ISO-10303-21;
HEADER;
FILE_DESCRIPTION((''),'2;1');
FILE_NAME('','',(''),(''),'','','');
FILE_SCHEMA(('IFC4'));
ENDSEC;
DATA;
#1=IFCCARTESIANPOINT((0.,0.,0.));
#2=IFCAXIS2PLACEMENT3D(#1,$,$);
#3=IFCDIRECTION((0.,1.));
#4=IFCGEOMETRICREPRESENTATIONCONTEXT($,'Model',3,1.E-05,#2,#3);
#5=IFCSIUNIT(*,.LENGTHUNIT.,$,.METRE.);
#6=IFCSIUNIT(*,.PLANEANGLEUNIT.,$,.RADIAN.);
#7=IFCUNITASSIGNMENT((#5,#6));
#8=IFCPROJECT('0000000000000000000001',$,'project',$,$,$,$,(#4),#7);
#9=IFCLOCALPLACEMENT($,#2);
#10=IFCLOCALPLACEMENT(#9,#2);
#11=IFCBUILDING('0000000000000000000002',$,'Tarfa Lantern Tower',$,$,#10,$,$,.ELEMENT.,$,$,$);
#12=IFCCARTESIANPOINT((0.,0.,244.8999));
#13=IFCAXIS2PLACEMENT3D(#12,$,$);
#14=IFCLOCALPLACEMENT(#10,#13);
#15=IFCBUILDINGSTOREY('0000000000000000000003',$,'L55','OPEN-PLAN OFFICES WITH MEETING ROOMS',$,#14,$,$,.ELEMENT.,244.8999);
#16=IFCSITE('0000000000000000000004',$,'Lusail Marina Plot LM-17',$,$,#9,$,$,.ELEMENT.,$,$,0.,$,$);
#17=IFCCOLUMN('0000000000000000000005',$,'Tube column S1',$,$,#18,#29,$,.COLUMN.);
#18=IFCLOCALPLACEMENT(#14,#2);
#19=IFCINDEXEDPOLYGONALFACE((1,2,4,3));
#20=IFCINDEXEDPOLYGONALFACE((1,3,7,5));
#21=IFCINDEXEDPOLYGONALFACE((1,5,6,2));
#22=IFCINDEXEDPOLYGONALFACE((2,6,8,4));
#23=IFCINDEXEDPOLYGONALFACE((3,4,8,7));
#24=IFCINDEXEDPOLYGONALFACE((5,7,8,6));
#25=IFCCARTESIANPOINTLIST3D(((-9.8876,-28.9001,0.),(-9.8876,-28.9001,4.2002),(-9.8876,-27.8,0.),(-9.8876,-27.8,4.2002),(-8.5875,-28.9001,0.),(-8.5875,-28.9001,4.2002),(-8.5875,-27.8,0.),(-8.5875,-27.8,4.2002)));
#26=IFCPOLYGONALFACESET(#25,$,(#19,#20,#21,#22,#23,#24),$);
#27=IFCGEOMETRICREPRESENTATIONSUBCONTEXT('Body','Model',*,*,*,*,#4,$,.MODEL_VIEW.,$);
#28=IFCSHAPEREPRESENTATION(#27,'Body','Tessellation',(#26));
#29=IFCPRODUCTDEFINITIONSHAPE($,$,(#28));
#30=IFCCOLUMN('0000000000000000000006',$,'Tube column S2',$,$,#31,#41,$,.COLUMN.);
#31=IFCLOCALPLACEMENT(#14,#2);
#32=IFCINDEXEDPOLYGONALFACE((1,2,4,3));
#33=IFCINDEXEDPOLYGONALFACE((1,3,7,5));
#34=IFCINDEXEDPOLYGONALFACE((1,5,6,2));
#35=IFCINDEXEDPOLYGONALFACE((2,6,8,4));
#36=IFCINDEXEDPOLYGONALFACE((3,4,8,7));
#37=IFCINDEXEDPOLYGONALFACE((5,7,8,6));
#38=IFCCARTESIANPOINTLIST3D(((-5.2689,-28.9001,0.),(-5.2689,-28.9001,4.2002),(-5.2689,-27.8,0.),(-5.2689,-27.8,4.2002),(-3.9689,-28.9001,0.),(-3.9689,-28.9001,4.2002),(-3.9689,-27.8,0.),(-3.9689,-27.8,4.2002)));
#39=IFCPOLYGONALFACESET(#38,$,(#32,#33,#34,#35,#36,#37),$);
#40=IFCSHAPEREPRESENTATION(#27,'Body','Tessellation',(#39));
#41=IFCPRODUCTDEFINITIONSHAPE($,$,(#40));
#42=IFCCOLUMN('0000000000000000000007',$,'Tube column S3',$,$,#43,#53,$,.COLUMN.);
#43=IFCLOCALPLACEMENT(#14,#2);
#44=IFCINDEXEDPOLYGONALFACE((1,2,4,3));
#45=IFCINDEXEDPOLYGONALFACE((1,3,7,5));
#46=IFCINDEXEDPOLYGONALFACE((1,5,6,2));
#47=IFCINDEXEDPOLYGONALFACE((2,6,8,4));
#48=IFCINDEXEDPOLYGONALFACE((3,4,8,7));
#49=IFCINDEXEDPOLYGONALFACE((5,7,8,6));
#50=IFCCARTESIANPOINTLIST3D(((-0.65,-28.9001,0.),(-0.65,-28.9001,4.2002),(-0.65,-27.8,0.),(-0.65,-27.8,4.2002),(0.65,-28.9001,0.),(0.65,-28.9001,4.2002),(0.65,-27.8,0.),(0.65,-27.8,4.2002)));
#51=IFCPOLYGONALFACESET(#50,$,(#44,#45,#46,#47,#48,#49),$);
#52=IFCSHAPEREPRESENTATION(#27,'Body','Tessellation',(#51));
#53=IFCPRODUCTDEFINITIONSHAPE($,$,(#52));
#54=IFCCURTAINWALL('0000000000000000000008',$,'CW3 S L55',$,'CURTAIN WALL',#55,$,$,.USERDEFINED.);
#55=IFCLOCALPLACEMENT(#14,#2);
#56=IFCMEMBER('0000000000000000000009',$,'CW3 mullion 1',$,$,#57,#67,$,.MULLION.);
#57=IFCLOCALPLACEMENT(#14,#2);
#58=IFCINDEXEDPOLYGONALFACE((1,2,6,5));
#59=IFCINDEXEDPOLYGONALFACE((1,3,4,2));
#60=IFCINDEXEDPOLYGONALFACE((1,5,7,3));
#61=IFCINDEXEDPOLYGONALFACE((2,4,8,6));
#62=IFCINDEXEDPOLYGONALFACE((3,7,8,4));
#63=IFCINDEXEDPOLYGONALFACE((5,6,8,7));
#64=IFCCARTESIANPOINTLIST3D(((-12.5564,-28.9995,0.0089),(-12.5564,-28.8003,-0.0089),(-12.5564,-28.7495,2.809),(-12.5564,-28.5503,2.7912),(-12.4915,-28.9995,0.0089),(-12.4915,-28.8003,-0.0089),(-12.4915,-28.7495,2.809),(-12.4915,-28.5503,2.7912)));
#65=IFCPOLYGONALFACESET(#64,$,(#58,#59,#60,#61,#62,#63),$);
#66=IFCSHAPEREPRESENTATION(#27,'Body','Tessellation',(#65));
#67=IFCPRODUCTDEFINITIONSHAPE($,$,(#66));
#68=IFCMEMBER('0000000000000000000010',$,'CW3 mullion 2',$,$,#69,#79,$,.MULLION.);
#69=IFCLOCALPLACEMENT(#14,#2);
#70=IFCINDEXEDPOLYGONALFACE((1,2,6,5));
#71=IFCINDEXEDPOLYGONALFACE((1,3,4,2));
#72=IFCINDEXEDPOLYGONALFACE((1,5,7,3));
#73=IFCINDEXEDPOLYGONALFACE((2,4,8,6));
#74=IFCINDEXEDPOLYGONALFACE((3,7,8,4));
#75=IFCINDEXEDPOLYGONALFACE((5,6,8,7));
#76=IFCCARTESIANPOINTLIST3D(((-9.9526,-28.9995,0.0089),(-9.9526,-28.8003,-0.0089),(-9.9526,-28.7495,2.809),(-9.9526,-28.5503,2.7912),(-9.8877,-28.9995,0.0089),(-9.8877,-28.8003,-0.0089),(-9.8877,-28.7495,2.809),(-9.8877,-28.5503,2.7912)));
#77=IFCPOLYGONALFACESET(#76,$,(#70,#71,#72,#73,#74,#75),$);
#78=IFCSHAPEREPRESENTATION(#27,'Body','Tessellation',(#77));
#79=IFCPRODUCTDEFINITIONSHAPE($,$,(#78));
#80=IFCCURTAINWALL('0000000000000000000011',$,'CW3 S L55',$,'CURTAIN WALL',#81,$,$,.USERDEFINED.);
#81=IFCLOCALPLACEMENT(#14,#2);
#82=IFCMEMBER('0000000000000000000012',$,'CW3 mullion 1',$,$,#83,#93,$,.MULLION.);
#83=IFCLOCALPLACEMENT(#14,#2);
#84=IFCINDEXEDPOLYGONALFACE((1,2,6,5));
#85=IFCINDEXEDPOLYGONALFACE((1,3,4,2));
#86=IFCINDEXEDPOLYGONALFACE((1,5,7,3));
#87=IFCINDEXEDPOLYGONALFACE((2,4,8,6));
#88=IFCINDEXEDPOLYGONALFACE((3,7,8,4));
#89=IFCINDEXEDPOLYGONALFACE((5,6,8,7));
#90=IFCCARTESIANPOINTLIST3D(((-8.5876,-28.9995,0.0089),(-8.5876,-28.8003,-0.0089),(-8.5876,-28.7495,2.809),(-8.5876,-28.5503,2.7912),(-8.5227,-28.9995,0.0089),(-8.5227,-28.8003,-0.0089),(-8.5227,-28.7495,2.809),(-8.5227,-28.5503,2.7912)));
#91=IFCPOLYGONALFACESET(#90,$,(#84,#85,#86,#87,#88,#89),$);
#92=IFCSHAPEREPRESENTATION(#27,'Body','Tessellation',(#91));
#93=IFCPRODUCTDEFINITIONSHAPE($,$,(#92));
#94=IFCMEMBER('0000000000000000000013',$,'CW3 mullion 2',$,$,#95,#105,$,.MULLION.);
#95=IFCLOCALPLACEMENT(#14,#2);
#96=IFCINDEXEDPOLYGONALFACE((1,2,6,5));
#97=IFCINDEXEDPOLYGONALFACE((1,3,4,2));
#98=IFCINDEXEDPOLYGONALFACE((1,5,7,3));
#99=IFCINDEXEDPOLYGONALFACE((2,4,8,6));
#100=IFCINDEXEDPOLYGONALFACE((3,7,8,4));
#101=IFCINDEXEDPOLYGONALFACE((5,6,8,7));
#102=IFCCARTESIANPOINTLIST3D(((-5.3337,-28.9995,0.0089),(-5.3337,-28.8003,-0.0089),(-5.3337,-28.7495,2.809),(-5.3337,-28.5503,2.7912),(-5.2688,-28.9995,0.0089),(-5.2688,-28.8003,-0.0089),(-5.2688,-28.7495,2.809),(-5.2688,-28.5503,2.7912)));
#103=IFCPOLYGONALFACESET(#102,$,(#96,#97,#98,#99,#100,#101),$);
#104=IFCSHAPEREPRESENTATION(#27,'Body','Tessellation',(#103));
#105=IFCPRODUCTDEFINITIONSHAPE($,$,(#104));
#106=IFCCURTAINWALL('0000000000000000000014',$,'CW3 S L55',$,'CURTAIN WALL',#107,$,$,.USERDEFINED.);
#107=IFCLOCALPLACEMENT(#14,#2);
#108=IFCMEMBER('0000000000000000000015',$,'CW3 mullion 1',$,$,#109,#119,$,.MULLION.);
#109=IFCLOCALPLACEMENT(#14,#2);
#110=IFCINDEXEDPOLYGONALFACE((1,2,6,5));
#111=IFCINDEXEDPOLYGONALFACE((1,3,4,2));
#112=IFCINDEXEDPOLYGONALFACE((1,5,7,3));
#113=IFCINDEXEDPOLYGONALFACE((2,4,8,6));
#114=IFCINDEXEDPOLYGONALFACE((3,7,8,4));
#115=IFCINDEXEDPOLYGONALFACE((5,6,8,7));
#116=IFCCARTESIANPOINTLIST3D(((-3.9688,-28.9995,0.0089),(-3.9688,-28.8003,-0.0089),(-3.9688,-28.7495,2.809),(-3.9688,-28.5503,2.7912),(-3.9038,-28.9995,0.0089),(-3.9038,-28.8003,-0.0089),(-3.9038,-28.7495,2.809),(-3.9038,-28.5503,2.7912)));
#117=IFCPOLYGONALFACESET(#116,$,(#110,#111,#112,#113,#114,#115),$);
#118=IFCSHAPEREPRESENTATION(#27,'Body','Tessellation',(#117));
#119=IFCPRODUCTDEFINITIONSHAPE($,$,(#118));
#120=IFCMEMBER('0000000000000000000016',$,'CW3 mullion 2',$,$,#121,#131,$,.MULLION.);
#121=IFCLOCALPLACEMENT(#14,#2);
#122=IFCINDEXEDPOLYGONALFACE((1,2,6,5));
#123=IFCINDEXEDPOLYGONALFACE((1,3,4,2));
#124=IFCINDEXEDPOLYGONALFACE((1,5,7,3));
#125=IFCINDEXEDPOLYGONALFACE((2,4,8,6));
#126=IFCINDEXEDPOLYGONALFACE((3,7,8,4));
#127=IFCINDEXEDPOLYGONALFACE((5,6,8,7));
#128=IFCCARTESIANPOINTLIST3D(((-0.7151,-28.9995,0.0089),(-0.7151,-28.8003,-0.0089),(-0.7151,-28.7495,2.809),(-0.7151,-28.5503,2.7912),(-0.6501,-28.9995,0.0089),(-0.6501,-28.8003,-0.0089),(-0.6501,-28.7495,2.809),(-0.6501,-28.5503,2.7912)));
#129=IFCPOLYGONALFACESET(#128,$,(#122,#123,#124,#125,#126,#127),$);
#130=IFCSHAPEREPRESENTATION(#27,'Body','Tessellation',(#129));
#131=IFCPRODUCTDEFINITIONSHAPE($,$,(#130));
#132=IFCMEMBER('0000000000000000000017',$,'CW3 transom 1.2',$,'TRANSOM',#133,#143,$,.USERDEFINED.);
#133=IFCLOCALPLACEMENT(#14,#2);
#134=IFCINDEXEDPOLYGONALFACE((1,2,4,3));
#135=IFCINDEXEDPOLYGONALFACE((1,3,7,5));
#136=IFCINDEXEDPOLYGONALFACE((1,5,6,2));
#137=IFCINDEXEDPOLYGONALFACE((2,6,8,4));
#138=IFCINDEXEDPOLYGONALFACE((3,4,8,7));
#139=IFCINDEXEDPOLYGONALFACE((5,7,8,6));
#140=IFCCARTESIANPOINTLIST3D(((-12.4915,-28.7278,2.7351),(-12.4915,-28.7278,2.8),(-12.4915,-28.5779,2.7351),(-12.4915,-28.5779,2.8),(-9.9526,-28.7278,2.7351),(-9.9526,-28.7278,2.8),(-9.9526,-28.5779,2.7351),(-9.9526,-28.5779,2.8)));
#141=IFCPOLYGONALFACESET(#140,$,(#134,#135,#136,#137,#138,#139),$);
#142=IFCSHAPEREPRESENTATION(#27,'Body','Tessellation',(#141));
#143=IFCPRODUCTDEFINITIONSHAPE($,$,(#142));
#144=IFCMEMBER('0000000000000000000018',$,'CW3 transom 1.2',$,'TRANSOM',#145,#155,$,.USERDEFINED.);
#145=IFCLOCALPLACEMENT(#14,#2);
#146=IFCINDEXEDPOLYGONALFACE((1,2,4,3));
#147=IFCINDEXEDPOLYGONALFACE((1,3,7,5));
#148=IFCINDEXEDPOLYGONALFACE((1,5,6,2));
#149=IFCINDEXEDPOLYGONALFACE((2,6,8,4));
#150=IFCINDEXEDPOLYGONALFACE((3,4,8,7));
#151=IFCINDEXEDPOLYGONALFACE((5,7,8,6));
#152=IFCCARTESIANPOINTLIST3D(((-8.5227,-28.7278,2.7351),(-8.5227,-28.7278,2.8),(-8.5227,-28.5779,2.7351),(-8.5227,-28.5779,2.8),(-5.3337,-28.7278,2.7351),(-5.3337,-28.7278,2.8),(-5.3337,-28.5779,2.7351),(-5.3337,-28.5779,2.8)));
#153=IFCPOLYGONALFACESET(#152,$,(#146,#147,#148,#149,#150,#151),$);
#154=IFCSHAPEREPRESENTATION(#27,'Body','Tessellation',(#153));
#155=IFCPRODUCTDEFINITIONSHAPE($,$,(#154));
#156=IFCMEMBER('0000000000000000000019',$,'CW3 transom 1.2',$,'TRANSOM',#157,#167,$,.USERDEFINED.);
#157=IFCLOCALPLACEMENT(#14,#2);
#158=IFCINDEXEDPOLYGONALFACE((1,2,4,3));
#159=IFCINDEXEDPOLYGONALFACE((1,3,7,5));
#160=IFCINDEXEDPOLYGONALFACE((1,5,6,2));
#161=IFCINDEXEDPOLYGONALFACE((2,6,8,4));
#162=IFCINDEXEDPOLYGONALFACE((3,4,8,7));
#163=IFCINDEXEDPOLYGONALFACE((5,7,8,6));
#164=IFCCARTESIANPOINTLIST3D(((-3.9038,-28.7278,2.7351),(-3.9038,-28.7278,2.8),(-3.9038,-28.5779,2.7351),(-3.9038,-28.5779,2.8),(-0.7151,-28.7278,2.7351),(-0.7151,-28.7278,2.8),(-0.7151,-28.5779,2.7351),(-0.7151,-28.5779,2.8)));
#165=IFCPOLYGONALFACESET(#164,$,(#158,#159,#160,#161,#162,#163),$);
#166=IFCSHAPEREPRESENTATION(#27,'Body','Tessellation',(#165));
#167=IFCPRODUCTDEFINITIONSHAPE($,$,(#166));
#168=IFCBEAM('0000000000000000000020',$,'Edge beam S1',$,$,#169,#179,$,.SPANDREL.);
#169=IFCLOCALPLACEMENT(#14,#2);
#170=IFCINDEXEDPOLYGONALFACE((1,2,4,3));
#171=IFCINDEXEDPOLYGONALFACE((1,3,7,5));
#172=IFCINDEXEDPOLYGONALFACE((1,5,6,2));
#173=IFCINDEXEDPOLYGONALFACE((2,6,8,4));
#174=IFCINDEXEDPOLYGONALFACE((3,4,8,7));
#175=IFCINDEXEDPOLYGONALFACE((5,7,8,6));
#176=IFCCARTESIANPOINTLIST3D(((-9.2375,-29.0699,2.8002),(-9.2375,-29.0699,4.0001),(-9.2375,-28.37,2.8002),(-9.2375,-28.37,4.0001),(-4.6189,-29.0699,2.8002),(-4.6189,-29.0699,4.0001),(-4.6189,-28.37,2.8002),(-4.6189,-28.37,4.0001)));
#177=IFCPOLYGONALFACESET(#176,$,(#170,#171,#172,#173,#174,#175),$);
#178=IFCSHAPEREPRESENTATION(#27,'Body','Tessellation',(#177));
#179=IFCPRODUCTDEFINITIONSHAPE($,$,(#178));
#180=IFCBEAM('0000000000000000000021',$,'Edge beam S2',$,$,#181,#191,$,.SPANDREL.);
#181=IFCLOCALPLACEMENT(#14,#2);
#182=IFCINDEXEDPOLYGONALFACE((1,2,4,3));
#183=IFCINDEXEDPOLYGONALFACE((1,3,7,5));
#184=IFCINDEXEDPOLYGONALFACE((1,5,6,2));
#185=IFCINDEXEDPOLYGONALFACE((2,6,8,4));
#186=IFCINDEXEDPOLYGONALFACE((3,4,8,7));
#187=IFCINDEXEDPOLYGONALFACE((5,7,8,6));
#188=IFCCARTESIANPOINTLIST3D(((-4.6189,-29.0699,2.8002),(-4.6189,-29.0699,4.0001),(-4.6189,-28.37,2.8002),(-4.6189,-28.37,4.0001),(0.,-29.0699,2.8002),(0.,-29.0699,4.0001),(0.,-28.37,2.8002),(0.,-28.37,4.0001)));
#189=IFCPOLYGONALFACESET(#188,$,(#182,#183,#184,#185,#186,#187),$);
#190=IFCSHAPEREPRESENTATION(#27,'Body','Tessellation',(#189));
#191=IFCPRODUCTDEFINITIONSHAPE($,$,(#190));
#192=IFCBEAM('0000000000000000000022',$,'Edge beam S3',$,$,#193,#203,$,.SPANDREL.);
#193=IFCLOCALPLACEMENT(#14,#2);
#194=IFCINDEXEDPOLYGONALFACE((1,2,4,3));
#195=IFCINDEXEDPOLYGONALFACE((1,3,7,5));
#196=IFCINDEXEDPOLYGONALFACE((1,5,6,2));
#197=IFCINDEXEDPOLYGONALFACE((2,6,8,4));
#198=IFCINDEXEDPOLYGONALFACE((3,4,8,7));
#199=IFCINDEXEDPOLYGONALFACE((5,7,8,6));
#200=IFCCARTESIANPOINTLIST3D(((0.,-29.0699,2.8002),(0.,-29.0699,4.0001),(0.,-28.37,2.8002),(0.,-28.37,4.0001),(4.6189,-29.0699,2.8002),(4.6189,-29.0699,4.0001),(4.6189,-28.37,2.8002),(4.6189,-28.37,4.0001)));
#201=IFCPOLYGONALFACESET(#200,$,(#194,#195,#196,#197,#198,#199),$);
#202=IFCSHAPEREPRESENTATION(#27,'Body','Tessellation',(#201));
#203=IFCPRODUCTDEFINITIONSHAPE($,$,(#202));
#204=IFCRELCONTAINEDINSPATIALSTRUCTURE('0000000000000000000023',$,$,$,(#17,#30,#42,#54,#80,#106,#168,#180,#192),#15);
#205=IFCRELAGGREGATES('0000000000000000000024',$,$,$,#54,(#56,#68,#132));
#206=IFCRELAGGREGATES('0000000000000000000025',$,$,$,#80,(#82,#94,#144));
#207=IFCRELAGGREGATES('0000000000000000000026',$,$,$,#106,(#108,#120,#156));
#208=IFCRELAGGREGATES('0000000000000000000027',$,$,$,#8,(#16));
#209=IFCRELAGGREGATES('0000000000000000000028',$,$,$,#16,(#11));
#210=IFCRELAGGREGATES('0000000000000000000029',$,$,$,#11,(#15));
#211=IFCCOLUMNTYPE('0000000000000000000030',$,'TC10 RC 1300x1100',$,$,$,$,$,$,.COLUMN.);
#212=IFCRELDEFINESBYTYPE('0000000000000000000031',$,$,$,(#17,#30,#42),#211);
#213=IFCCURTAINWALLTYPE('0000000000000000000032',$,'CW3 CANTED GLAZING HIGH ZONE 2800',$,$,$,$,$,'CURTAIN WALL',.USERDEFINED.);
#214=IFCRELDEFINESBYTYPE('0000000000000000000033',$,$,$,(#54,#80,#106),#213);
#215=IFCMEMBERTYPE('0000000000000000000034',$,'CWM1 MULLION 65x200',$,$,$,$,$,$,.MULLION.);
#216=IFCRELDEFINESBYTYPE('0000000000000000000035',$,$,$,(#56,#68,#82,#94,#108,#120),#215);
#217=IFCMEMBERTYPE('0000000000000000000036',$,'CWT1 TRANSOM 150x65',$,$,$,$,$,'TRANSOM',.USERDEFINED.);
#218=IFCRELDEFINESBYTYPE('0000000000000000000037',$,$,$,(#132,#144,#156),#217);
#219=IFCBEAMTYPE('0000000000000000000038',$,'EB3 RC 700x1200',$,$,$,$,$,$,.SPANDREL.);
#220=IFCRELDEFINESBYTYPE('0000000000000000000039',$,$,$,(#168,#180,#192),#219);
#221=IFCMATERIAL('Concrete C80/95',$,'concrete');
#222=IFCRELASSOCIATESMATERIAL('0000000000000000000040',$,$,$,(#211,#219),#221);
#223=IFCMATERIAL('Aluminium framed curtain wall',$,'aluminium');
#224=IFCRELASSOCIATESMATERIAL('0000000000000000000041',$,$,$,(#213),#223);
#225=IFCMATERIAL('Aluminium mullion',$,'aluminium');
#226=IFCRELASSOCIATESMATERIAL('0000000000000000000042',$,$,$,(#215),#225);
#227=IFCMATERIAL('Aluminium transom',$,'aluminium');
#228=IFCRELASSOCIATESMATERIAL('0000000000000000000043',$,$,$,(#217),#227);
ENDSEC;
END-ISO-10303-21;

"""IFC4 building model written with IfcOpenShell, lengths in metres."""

from ifc_helpers import new_model, si_unit, direction, frame, origin, origin_2d, place, context, subcontext, project, spatial, rectangle, extrude, material, material_profile, profile_set, type_object, element, aggregate, save


model = new_model("IFC4")

# Units and contexts
model_context = context("Model", 3, precision=1e-05, world=origin(), true_north=direction((0.0, 1.0)))
body_context = subcontext(model_context, "Body", "Model", "MODEL_VIEW")
ifc_project = project(units=[si_unit("LENGTHUNIT", "METRE"), si_unit("PLANEANGLEUNIT", "RADIAN")], contexts=[model_context])

# Site, building, storey
site_placement = place(None, origin())
site = spatial("IfcSite", under=ifc_project, at=site_placement, Name="Lusail Marina Plot LM-17", CompositionType="ELEMENT", RefElevation=0.0)
building_placement = place(site_placement, origin())
building = spatial("IfcBuilding", under=site, at=building_placement, Name="Tarfa Lantern Tower", CompositionType="ELEMENT")
storey_placement = place(building_placement, frame((0.0, 0.0, 244.8999)))
storey = spatial("IfcBuildingStorey", under=building, at=storey_placement, Name="L55", Description="OPEN-PLAN OFFICES WITH MEETING ROOMS", CompositionType="ELEMENT", Elevation=244.8999)

# Columns
ifc_material_1 = material(Name="Concrete C80/95", Category="concrete")
ifc_material_profile_1 = material_profile(ifc_material_1, rectangle(XDim=1.3, YDim=1.1001, at=origin_2d()), Name="RC 1300x1100")
ifc_profile_set_1 = profile_set([ifc_material_profile_1], Name="Concrete C80/95")
column_type = type_object("IfcColumnType", Name="TC10 RC 1300x1100", PredefinedType="COLUMN", material=ifc_profile_set_1)
for number, where, z_axis, x_axis, name in (
    (1, (-9.2375, -28.3501, 0.0), (0.0, 0.0, 1.0), (1.0, 0.0, 0.0), "Tube column S1"),
    (2, (-4.6189, -28.3501, 0.0), (0.0, 0.0, 1.0), (1.0, 0.0, 0.0), "Tube column S2"),
    (3, (0.0, -28.3501, 0.0), (0.0, 0.0, 1.0), (1.0, 0.0, 0.0), "Tube column S3"),
):
    element("IfcColumn", number, at=place(storey_placement, frame(where, z_axis=z_axis, x_axis=x_axis)), inside=storey, type_object=column_type, Name=name, PredefinedType="COLUMN", context=body_context, shape_type="SweptSolid", body=[
        extrude(rectangle(XDim=1.3, YDim=1.1001, at=origin_2d()), origin(), (0.0, 0.0, 1.0), 4.2002),
    ])

# Curtain walls, members
ifc_material_2 = material(Name="Aluminium framed curtain wall", Category="aluminium")
curtain_wall_type = type_object("IfcCurtainWallType", Name="CW3 CANTED GLAZING HIGH ZONE 2800", ElementType="CURTAIN WALL", PredefinedType="USERDEFINED", material=ifc_material_2)
curtain_wall_1_placement = place(storey_placement, origin())
curtain_wall_1 = element("IfcCurtainWall", 4, at=curtain_wall_1_placement, inside=storey, type_object=curtain_wall_type, Name="CW3 S L55", ObjectType="CURTAIN WALL", PredefinedType="USERDEFINED")
ifc_material_3 = material(Name="Aluminium mullion", Category="aluminium")
ifc_material_profile_2 = material_profile(ifc_material_3, rectangle(XDim=0.0649, YDim=0.2, at=origin_2d()), Name="AL MULLION 65x200")
ifc_profile_set_2 = profile_set([ifc_material_profile_2], Name="Aluminium mullion")
member_type_1 = type_object("IfcMemberType", Name="CWM1 MULLION 65x200", PredefinedType="MULLION", material=ifc_profile_set_2)
member_1_placement = place(storey_placement, frame((-12.5239, -28.8999, 0.0), z_axis=(0.0, 0.08893, 0.996038), x_axis=(-1.0, 0.0, 0.0)))
member_1 = element("IfcMember", 5, at=member_1_placement, type_object=member_type_1, Name="CW3 mullion 1", PredefinedType="MULLION", context=body_context, shape_type="SweptSolid", body=[
    extrude(rectangle(XDim=0.0649, YDim=0.2, at=origin_2d()), origin(), (0.0, 0.0, 1.0), 2.8113),
])
member_2_placement = place(storey_placement, frame((-9.9202, -28.8999, 0.0), z_axis=(0.0, 0.08893, 0.996038), x_axis=(-1.0, 0.0, 0.0)))
member_2 = element("IfcMember", 6, at=member_2_placement, type_object=member_type_1, Name="CW3 mullion 2", PredefinedType="MULLION", context=body_context, shape_type="SweptSolid", body=[
    extrude(rectangle(XDim=0.0649, YDim=0.2, at=origin_2d()), origin(), (0.0, 0.0, 1.0), 2.8113),
])
curtain_wall_2_placement = place(storey_placement, origin())
curtain_wall_2 = element("IfcCurtainWall", 7, at=curtain_wall_2_placement, inside=storey, type_object=curtain_wall_type, Name="CW3 S L55", ObjectType="CURTAIN WALL", PredefinedType="USERDEFINED")
member_3_placement = place(storey_placement, frame((-8.5552, -28.8999, 0.0), z_axis=(0.0, 0.08893, 0.996038), x_axis=(-1.0, 0.0, 0.0)))
member_3 = element("IfcMember", 8, at=member_3_placement, type_object=member_type_1, Name="CW3 mullion 1", PredefinedType="MULLION", context=body_context, shape_type="SweptSolid", body=[
    extrude(rectangle(XDim=0.0649, YDim=0.2, at=origin_2d()), origin(), (0.0, 0.0, 1.0), 2.8113),
])
member_4_placement = place(storey_placement, frame((-5.3013, -28.8999, 0.0), z_axis=(0.0, 0.08893, 0.996038), x_axis=(-1.0, 0.0, 0.0)))
member_4 = element("IfcMember", 9, at=member_4_placement, type_object=member_type_1, Name="CW3 mullion 2", PredefinedType="MULLION", context=body_context, shape_type="SweptSolid", body=[
    extrude(rectangle(XDim=0.0649, YDim=0.2, at=origin_2d()), origin(), (0.0, 0.0, 1.0), 2.8113),
])
curtain_wall_3_placement = place(storey_placement, origin())
curtain_wall_3 = element("IfcCurtainWall", 10, at=curtain_wall_3_placement, inside=storey, type_object=curtain_wall_type, Name="CW3 S L55", ObjectType="CURTAIN WALL", PredefinedType="USERDEFINED")
member_5_placement = place(storey_placement, frame((-3.9363, -28.8999, 0.0), z_axis=(0.0, 0.08893, 0.996038), x_axis=(-1.0, 0.0, 0.0)))
member_5 = element("IfcMember", 11, at=member_5_placement, type_object=member_type_1, Name="CW3 mullion 1", PredefinedType="MULLION", context=body_context, shape_type="SweptSolid", body=[
    extrude(rectangle(XDim=0.0649, YDim=0.2, at=origin_2d()), origin(), (0.0, 0.0, 1.0), 2.8113),
])
member_6_placement = place(storey_placement, frame((-0.6826, -28.8999, 0.0), z_axis=(0.0, 0.08893, 0.996038), x_axis=(-1.0, 0.0, 0.0)))
member_6 = element("IfcMember", 12, at=member_6_placement, type_object=member_type_1, Name="CW3 mullion 2", PredefinedType="MULLION", context=body_context, shape_type="SweptSolid", body=[
    extrude(rectangle(XDim=0.0649, YDim=0.2, at=origin_2d()), origin(), (0.0, 0.0, 1.0), 2.8113),
])

# Members
ifc_material_4 = material(Name="Aluminium transom", Category="aluminium")
ifc_material_profile_3 = material_profile(ifc_material_4, rectangle(XDim=0.1499, YDim=0.0649, at=origin_2d()), Name="AL TRANSOM 150x65")
ifc_profile_set_3 = profile_set([ifc_material_profile_3], Name="Aluminium transom")
member_type_2 = type_object("IfcMemberType", Name="CWT1 TRANSOM 150x65", ElementType="TRANSOM", PredefinedType="USERDEFINED", material=ifc_profile_set_3)
member_7_placement = place(storey_placement, frame((-12.4915, -28.6528, 2.7676), z_axis=(1.0, 0.0, 0.0), x_axis=(0.0, 1.0, 0.0)))
member_7 = element("IfcMember", 13, at=member_7_placement, type_object=member_type_2, Name="CW3 transom 1.2", ObjectType="TRANSOM", PredefinedType="USERDEFINED", context=body_context, shape_type="SweptSolid", body=[
    extrude(rectangle(XDim=0.1499, YDim=0.0649, at=origin_2d()), origin(), (0.0, 0.0, 1.0), 2.5388),
])
member_8_placement = place(storey_placement, frame((-8.5227, -28.6528, 2.7676), z_axis=(1.0, 0.0, 0.0), x_axis=(0.0, 1.0, 0.0)))
member_8 = element("IfcMember", 14, at=member_8_placement, type_object=member_type_2, Name="CW3 transom 1.2", ObjectType="TRANSOM", PredefinedType="USERDEFINED", context=body_context, shape_type="SweptSolid", body=[
    extrude(rectangle(XDim=0.1499, YDim=0.0649, at=origin_2d()), origin(), (0.0, 0.0, 1.0), 3.189),
])
member_9_placement = place(storey_placement, frame((-3.9038, -28.6528, 2.7676), z_axis=(1.0, 0.0, 0.0), x_axis=(0.0, 1.0, 0.0)))
member_9 = element("IfcMember", 15, at=member_9_placement, type_object=member_type_2, Name="CW3 transom 1.2", ObjectType="TRANSOM", PredefinedType="USERDEFINED", context=body_context, shape_type="SweptSolid", body=[
    extrude(rectangle(XDim=0.1499, YDim=0.0649, at=origin_2d()), origin(), (0.0, 0.0, 1.0), 3.1887),
])

# Beams
ifc_material_profile_4 = material_profile(ifc_material_1, rectangle(XDim=0.7, YDim=1.2, at=origin_2d()), Name="RC 700x1200")
ifc_profile_set_4 = profile_set([ifc_material_profile_4], Name="Concrete C80/95")
beam_type_1 = type_object("IfcBeamType", Name="EB3 RC 700x1200", PredefinedType="SPANDREL", material=ifc_profile_set_4)
beam_placement = place(storey_placement, frame((-9.2375, -28.72, 3.4001), z_axis=(1.0, 0.0, 0.0), x_axis=(0.0, 1.0, 0.0)))
element("IfcBeam", 16, at=beam_placement, inside=storey, type_object=beam_type_1, Name="Edge beam S1", PredefinedType="SPANDREL", context=body_context, shape_type="SweptSolid", body=[
    extrude(rectangle(XDim=0.7, YDim=1.2, at=origin_2d()), origin(), (0.0, 0.0, 1.0), 4.6187),
])
for number, where, z_axis, x_axis, name in (
    (17, (-4.6189, -28.72, 3.4001), (1.0, 0.0, 0.0), (0.0, 1.0, 0.0), "Edge beam S2"),
    (18, (0.0, -28.72, 3.4001), (1.0, 0.0, 0.0), (0.0, 1.0, 0.0), "Edge beam S3"),
):
    element("IfcBeam", number, at=place(storey_placement, frame(where, z_axis=z_axis, x_axis=x_axis)), inside=storey, type_object=beam_type_1, Name=name, PredefinedType="SPANDREL", context=body_context, shape_type="SweptSolid", body=[
        extrude(rectangle(XDim=0.7, YDim=1.2, at=origin_2d()), origin(), (0.0, 0.0, 1.0), 4.6189),
    ])

aggregate(curtain_wall_1, [member_1, member_2, member_7])
aggregate(curtain_wall_2, [member_3, member_4, member_8])
aggregate(curtain_wall_3, [member_5, member_6, member_9])

save(model, "model.ifc")
